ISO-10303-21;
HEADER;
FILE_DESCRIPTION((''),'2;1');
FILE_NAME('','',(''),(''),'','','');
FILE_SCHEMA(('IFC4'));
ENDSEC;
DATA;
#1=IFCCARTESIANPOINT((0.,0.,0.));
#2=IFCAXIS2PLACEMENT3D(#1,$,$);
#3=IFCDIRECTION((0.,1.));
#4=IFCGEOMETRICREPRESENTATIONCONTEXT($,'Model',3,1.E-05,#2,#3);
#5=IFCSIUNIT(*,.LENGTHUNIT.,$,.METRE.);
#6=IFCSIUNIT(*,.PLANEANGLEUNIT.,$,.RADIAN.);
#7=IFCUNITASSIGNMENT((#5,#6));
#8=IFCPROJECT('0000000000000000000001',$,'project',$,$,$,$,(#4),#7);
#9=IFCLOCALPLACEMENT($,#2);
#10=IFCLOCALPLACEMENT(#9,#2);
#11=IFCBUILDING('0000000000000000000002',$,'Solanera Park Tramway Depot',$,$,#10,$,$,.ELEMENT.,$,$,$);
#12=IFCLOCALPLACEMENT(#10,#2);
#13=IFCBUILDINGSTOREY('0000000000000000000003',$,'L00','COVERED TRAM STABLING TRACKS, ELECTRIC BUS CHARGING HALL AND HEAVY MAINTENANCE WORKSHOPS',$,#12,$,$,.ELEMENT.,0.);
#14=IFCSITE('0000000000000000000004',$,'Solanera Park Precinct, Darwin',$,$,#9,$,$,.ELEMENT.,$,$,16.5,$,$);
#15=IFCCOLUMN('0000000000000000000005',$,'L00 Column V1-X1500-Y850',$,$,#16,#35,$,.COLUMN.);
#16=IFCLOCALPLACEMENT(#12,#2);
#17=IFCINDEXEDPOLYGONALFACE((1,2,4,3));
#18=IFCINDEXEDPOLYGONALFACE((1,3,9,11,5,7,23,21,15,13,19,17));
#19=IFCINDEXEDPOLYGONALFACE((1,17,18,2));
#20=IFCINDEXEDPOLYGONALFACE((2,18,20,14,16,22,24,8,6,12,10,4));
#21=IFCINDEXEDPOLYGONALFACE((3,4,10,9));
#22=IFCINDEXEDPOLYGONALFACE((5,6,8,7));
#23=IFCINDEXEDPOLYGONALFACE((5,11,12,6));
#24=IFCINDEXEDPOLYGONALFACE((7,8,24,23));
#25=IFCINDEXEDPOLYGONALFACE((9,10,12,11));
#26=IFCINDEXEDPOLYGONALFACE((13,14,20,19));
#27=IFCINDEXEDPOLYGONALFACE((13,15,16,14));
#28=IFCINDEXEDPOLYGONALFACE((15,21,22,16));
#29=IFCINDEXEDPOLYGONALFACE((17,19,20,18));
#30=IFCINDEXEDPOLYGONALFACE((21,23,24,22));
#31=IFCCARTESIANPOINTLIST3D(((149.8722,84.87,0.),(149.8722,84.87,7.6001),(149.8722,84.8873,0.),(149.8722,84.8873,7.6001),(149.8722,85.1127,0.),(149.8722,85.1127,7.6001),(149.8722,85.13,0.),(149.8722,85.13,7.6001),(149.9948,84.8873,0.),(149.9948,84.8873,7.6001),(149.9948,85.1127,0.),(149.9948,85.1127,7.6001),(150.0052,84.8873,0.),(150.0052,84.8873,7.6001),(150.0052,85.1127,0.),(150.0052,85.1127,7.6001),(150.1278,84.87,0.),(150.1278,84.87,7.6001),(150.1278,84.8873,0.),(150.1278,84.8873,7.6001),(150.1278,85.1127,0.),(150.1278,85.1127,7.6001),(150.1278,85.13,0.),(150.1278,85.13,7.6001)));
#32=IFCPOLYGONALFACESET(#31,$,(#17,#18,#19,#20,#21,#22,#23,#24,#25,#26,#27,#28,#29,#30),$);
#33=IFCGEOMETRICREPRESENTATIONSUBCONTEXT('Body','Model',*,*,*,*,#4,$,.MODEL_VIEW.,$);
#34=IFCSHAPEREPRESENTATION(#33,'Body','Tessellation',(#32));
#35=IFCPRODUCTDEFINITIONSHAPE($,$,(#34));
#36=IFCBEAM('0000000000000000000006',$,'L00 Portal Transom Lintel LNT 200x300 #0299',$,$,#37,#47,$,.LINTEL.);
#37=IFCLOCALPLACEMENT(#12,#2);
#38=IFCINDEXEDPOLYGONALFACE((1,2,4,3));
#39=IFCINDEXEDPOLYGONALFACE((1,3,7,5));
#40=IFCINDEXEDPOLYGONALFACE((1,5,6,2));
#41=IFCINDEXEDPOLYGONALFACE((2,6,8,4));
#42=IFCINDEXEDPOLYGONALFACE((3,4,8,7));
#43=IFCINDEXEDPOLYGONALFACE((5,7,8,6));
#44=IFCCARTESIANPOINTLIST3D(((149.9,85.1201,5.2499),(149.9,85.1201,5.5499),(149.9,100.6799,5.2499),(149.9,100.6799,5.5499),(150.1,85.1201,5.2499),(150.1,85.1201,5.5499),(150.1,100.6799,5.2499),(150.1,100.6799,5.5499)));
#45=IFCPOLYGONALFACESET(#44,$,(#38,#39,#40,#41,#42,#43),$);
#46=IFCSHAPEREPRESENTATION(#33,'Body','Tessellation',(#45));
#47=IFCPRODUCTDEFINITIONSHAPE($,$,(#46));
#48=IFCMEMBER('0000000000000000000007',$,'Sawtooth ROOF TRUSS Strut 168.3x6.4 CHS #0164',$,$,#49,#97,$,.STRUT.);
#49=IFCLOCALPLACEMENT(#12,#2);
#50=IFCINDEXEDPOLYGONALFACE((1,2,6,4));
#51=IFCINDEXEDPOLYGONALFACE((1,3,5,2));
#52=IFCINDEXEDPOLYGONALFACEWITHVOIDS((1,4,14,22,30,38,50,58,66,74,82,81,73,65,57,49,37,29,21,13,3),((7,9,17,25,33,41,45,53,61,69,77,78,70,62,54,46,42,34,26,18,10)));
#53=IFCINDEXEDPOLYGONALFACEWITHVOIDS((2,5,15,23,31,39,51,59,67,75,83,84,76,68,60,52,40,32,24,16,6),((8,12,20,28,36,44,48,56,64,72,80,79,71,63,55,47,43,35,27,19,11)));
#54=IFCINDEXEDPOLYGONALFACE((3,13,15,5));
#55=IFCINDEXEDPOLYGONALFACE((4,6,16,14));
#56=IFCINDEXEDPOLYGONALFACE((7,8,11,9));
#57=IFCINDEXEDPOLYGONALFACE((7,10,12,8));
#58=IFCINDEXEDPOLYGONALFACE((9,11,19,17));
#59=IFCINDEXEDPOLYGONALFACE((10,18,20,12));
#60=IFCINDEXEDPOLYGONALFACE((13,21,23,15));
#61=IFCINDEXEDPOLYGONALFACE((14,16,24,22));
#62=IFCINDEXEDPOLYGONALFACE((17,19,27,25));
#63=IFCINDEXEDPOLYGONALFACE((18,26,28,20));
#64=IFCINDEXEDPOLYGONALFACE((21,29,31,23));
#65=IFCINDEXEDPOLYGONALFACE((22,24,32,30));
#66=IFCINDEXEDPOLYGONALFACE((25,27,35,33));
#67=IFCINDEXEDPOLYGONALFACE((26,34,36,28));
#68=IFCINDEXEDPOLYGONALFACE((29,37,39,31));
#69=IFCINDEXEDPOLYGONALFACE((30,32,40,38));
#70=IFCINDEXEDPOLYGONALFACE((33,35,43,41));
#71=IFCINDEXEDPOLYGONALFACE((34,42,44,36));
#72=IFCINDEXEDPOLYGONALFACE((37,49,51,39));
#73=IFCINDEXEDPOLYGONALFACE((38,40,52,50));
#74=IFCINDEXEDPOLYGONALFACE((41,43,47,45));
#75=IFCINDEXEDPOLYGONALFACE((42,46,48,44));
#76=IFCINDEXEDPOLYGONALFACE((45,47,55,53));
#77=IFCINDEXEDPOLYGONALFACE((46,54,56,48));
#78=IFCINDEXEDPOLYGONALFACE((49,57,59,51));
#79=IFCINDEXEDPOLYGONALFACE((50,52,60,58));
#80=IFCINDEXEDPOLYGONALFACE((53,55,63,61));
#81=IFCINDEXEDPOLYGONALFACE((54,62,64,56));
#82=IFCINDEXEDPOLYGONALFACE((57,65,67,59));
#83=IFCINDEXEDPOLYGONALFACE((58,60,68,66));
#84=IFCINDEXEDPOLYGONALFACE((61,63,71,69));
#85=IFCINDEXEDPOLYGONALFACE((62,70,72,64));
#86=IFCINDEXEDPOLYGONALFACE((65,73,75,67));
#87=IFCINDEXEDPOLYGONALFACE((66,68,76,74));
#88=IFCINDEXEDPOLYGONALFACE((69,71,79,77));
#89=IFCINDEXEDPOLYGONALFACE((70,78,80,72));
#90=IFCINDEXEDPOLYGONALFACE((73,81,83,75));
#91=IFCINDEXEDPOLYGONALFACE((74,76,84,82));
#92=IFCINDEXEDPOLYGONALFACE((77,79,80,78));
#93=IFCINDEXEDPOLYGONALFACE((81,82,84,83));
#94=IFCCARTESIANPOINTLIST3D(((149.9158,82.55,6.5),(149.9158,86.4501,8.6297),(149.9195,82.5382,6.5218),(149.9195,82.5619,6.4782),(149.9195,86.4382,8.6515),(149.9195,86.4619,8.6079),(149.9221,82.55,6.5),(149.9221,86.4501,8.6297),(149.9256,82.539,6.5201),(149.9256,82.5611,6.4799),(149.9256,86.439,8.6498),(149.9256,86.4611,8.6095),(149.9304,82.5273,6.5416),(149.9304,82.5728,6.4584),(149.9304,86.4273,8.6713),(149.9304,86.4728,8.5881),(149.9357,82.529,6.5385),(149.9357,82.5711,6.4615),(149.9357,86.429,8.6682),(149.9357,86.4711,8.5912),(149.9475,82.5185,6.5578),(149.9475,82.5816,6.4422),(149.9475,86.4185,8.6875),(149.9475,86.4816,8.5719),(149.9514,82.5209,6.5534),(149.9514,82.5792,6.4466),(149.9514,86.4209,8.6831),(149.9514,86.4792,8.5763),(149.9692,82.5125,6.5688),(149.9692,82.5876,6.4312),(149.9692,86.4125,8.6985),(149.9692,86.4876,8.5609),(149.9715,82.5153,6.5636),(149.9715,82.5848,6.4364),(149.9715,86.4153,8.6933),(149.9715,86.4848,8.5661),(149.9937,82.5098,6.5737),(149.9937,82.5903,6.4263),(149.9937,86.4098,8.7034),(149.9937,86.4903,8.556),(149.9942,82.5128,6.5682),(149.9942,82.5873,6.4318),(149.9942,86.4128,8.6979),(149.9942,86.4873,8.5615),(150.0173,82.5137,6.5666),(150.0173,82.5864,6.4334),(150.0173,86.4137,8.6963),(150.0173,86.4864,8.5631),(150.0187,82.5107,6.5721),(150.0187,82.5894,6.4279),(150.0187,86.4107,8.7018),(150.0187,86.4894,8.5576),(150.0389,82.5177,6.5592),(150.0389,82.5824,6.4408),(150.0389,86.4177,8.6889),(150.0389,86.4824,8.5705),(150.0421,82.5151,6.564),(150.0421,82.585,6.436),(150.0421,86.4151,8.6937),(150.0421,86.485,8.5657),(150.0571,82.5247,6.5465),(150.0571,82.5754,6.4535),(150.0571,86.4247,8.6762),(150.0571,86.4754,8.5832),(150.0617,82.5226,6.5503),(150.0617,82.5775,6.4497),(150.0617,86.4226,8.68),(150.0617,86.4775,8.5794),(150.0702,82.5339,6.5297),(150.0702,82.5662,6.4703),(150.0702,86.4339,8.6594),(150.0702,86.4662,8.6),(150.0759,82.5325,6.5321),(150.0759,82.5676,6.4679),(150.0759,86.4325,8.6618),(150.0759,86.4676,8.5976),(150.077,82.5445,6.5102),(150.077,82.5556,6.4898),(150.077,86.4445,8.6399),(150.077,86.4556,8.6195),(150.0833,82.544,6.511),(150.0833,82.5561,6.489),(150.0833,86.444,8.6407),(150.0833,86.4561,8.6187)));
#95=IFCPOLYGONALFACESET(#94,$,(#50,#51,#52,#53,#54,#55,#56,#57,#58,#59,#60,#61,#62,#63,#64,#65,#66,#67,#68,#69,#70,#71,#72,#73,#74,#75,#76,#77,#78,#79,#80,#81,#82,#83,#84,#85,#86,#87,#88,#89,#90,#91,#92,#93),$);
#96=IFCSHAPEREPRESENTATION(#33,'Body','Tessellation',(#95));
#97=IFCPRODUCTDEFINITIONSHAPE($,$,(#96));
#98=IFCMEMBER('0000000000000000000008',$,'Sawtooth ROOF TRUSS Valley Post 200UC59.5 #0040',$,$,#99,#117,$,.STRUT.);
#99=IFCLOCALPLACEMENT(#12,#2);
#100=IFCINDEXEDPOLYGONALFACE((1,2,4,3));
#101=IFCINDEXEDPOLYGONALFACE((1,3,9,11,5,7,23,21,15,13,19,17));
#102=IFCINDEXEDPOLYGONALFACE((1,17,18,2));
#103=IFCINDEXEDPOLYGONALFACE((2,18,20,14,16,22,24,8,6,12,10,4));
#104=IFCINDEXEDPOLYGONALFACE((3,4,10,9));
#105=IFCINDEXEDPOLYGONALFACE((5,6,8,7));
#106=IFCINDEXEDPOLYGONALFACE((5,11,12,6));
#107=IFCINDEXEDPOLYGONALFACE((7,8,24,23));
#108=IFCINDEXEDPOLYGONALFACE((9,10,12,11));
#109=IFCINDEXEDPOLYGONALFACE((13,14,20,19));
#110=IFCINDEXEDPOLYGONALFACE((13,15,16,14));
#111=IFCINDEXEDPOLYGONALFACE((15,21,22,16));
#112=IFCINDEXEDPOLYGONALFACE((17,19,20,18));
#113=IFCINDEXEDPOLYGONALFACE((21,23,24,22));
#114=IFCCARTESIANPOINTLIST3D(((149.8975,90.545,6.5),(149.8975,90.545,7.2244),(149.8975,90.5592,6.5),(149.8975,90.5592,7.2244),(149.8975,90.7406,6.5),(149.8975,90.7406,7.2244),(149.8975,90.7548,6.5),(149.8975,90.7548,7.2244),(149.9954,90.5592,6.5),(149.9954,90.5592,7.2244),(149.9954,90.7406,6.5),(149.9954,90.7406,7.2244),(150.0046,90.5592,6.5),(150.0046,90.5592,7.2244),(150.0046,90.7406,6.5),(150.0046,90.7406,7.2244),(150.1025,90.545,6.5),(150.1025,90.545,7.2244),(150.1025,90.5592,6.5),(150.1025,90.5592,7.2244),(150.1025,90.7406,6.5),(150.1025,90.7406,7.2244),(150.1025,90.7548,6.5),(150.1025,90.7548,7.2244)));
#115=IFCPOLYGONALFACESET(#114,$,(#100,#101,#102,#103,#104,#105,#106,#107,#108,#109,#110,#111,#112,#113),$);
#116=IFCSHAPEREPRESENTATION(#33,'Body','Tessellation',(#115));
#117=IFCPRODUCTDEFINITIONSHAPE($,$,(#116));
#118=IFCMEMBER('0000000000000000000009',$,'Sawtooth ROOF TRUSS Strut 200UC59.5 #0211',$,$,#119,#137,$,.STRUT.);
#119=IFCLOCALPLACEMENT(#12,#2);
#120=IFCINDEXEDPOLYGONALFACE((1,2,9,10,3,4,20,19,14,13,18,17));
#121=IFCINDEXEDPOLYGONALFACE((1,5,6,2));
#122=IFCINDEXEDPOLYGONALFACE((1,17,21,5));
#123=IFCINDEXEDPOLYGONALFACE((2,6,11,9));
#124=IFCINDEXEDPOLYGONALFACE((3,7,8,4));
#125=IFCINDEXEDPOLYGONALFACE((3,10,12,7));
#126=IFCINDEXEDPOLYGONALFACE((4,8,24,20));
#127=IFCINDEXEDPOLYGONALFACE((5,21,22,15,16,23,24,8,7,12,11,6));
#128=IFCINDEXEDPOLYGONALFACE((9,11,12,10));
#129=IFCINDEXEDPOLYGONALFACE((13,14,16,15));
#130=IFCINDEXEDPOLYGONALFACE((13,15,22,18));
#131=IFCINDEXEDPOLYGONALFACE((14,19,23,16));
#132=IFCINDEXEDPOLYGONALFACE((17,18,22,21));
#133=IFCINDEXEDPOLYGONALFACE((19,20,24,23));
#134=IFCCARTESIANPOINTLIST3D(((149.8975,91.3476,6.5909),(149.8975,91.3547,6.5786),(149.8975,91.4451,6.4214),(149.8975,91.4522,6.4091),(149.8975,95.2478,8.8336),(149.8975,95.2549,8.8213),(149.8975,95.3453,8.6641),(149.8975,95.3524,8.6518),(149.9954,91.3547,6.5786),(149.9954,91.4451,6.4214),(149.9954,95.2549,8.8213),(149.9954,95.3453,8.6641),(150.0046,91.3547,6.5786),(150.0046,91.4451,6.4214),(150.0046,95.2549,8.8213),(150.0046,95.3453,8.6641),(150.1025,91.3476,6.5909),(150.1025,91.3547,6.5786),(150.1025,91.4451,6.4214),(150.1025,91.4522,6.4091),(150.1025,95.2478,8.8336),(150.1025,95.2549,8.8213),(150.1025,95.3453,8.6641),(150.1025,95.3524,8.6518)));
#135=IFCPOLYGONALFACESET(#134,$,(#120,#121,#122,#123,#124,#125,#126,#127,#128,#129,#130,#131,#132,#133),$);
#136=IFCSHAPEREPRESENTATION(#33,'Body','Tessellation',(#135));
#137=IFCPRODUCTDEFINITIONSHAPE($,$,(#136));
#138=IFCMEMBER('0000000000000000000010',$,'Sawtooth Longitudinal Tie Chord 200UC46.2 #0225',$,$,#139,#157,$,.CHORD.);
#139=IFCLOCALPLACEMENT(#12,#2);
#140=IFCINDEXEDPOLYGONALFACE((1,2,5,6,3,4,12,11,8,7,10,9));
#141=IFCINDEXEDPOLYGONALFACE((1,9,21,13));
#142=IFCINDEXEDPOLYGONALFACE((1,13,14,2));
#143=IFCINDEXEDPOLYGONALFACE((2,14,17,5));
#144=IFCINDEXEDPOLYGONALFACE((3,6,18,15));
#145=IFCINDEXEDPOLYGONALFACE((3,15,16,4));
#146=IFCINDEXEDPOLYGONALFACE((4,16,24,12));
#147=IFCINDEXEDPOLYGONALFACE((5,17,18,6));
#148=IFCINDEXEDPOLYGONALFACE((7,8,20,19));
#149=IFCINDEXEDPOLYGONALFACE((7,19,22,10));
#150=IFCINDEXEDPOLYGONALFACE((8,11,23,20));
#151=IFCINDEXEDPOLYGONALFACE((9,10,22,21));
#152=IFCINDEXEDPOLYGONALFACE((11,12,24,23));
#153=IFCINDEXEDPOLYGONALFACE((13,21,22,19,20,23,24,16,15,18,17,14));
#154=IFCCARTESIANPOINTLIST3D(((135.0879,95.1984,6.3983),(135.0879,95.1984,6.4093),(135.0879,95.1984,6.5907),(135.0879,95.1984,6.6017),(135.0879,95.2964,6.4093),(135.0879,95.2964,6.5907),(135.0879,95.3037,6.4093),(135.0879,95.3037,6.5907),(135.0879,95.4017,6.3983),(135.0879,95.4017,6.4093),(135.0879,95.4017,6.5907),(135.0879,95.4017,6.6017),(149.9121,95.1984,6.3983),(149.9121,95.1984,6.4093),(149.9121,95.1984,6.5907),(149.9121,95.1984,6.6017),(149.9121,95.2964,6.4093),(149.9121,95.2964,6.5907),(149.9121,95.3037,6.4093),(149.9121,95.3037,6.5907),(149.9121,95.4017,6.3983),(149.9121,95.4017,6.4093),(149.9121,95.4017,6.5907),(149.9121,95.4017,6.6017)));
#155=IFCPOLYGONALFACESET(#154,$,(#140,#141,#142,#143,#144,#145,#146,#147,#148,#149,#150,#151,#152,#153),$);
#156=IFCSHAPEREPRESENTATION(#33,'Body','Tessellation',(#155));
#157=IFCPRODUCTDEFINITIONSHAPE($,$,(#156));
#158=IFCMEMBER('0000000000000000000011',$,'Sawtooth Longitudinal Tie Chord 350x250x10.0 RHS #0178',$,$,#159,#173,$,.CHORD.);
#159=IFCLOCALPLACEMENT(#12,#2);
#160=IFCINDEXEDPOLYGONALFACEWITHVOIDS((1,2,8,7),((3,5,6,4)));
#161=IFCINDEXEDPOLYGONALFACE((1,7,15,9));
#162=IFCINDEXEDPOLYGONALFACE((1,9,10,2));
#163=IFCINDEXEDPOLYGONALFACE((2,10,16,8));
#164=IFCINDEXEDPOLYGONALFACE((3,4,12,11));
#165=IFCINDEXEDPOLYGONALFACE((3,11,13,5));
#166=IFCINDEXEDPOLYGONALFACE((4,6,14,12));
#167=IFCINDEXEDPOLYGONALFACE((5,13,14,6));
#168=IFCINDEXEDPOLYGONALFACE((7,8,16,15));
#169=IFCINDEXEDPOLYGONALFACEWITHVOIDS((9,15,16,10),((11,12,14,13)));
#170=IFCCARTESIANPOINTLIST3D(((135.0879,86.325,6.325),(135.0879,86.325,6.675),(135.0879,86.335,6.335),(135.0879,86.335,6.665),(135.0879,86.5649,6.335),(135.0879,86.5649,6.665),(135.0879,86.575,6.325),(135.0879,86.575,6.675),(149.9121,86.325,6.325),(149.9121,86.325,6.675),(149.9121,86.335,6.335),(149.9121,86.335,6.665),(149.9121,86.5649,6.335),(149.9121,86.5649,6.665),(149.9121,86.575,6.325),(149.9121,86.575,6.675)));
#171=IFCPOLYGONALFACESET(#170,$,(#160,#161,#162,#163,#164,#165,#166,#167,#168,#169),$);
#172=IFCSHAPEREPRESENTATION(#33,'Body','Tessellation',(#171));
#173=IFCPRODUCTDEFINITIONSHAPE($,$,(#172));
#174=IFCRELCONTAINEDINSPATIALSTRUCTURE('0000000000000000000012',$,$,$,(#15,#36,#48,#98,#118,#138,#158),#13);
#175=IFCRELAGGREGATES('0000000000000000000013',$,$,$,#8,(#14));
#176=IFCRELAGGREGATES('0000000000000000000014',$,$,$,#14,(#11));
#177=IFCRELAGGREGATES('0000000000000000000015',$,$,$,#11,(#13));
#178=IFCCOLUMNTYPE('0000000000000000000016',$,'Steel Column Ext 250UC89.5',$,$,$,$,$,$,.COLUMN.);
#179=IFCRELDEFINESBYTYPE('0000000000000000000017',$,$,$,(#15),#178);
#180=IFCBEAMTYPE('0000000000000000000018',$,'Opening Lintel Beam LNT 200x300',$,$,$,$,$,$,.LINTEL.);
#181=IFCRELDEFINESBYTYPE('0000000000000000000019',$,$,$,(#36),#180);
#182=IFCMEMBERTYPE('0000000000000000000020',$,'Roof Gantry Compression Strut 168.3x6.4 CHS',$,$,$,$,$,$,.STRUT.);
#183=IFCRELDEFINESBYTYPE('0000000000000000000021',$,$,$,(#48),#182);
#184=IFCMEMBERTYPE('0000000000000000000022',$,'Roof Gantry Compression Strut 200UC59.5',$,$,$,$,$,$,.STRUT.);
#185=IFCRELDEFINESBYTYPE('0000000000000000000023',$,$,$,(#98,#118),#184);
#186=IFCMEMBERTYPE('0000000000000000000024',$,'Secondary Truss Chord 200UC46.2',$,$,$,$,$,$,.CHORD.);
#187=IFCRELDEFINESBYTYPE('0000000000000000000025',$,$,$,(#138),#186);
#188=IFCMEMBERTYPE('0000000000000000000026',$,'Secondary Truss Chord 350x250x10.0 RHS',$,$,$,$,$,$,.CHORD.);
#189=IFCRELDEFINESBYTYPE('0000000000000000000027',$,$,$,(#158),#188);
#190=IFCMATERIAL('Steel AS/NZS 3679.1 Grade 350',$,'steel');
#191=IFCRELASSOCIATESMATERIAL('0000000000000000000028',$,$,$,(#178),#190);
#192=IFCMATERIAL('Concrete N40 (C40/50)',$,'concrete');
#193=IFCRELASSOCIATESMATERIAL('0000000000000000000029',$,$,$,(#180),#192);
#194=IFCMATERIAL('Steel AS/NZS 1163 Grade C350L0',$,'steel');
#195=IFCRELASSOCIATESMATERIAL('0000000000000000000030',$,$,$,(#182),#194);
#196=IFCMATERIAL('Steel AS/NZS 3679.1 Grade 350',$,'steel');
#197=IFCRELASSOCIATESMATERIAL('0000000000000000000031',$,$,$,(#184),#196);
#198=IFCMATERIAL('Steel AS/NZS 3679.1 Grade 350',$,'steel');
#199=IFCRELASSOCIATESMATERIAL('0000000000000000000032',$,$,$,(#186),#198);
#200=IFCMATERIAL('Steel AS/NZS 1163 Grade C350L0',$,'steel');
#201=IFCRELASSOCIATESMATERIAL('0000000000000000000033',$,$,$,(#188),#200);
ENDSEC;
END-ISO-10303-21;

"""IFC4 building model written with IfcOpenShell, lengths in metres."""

from ifc_helpers import new_model, si_unit, direction, frame, origin, origin_2d, place, context, subcontext, project, spatial, rectangle, hollow_rectangle, hollow_circle, i_section, extrude, material, material_profile, profile_set, type_object, element, save


model = new_model("IFC4")

# Units and contexts
model_context = context("Model", 3, precision=1e-05, world=origin(), true_north=direction((0.0, 1.0)))
body_context = subcontext(model_context, "Body", "Model", "MODEL_VIEW")
ifc_project = project(units=[si_unit("LENGTHUNIT", "METRE"), si_unit("PLANEANGLEUNIT", "RADIAN")], contexts=[model_context])

# Site, building, storey
site_placement = place(None, origin())
site = spatial("IfcSite", under=ifc_project, at=site_placement, Name="Solanera Park Precinct, Darwin", CompositionType="ELEMENT", RefElevation=16.5)
building_placement = place(site_placement, origin())
building = spatial("IfcBuilding", under=site, at=building_placement, Name="Solanera Park Tramway Depot", CompositionType="ELEMENT")
storey_placement = place(building_placement, origin())
storey = spatial("IfcBuildingStorey", under=building, at=storey_placement, Name="L00", Description="COVERED TRAM STABLING TRACKS, ELECTRIC BUS CHARGING HALL AND HEAVY MAINTENANCE WORKSHOPS", CompositionType="ELEMENT", Elevation=0.0)

# Column
ifc_material_1 = material(Name="Steel AS/NZS 3679.1 Grade 350", Category="steel")
ifc_material_profile_1 = material_profile(ifc_material_1, i_section(OverallWidth=0.2556, OverallDepth=0.26, WebThickness=0.0105, FlangeThickness=0.0173, at=origin_2d()), Name="250UC89.5")
ifc_profile_set_1 = profile_set([ifc_material_profile_1], Name="Steel AS/NZS 3679.1 Grade 350")
column_type = type_object("IfcColumnType", Name="Steel Column Ext 250UC89.5", PredefinedType="COLUMN", material=ifc_profile_set_1)
column_placement = place(storey_placement, frame((150.0, 85.0, 0.0), z_axis=(0.0, 0.0, 1.0), x_axis=(1.0, 0.0, 0.0)))
element("IfcColumn", 1, at=column_placement, inside=storey, type_object=column_type, Name="L00 Column V1-X1500-Y850", PredefinedType="COLUMN", context=body_context, shape_type="SweptSolid", body=[
    extrude(i_section(OverallWidth=0.2556, OverallDepth=0.26, WebThickness=0.0105, FlangeThickness=0.0173, at=origin_2d()), origin(), (0.0, 0.0, 1.0), 7.6001),
])

# Beam
ifc_material_2 = material(Name="Concrete N40 (C40/50)", Category="concrete")
ifc_material_profile_2 = material_profile(ifc_material_2, rectangle(XDim=0.2, YDim=0.3, at=origin_2d()), Name="LNT 200x300")
ifc_profile_set_2 = profile_set([ifc_material_profile_2], Name="Concrete N40 (C40/50)")
beam_type_1 = type_object("IfcBeamType", Name="Opening Lintel Beam LNT 200x300", PredefinedType="LINTEL", material=ifc_profile_set_2)
beam_1_placement = place(storey_placement, frame((150.0, 85.1201, 5.3999), z_axis=(0.0, 1.0, 0.0), x_axis=(-1.0, 0.0, 0.0)))
element("IfcBeam", 2, at=beam_1_placement, inside=storey, type_object=beam_type_1, Name="L00 Portal Transom Lintel LNT 200x300 #0299", PredefinedType="LINTEL", context=body_context, shape_type="SweptSolid", body=[
    extrude(rectangle(XDim=0.2, YDim=0.3, at=origin_2d()), origin(), (0.0, 0.0, 1.0), 15.5598),
])

# Members
ifc_material_3 = material(Name="Steel AS/NZS 1163 Grade C350L0", Category="steel")
ifc_material_profile_3 = material_profile(ifc_material_3, hollow_circle(Radius=0.0842, WallThickness=0.0063, at=origin_2d()), Name="168.3x6.4 CHS")
ifc_profile_set_3 = profile_set([ifc_material_profile_3], Name="Steel AS/NZS 1163 Grade C350L0")
member_type_1 = type_object("IfcMemberType", Name="Roof Gantry Compression Strut 168.3x6.4 CHS", PredefinedType="STRUT", material=ifc_profile_set_3)
member_1_placement = place(storey_placement, frame((150.0, 82.55, 6.5), z_axis=(0.0, 0.877667, 0.479272), x_axis=(-1.0, 0.0, 0.0)))
element("IfcMember", 3, at=member_1_placement, inside=storey, type_object=member_type_1, Name="Sawtooth ROOF TRUSS Strut 168.3x6.4 CHS #0164", PredefinedType="STRUT", context=body_context, shape_type="SweptSolid", body=[
    extrude(hollow_circle(Radius=0.0842, WallThickness=0.0063, at=origin_2d()), origin(), (0.0, 0.0, 1.0), 4.4436),
])
ifc_material_4 = material(Name="Steel AS/NZS 3679.1 Grade 350", Category="steel")
ifc_material_profile_4 = material_profile(ifc_material_4, i_section(OverallWidth=0.2051, OverallDepth=0.2097, WebThickness=0.0093, FlangeThickness=0.0142, at=origin_2d()), Name="200UC59.5")
ifc_profile_set_4 = profile_set([ifc_material_profile_4], Name="Steel AS/NZS 3679.1 Grade 350")
member_type_2 = type_object("IfcMemberType", Name="Roof Gantry Compression Strut 200UC59.5", PredefinedType="STRUT", material=ifc_profile_set_4)
member_2_placement = place(storey_placement, frame((150.0, 90.6499, 6.5), z_axis=(0.0, 0.0, 1.0), x_axis=(1.0, 0.0, 0.0)))
element("IfcMember", 4, at=member_2_placement, inside=storey, type_object=member_type_2, Name="Sawtooth ROOF TRUSS Valley Post 200UC59.5 #0040", PredefinedType="STRUT", context=body_context, shape_type="SweptSolid", body=[
    extrude(i_section(OverallWidth=0.2051, OverallDepth=0.2097, WebThickness=0.0093, FlangeThickness=0.0142, at=origin_2d()), origin(), (0.0, 0.0, 1.0), 0.7244),
])
member_3_placement = place(storey_placement, frame((150.0, 91.3999, 6.5), z_axis=(0.0, 0.866898, 0.498486), x_axis=(-1.0, 0.0, 0.0)))
element("IfcMember", 5, at=member_3_placement, inside=storey, type_object=member_type_2, Name="Sawtooth ROOF TRUSS Strut 200UC59.5 #0211", PredefinedType="STRUT", context=body_context, shape_type="SweptSolid", body=[
    extrude(i_section(OverallWidth=0.2051, OverallDepth=0.2097, WebThickness=0.0093, FlangeThickness=0.0142, at=origin_2d()), origin(), (0.0, 0.0, 1.0), 4.499),
])
ifc_material_5 = material(Name="Steel AS/NZS 3679.1 Grade 350", Category="steel")
ifc_material_profile_5 = material_profile(ifc_material_5, i_section(OverallWidth=0.2034, OverallDepth=0.2034, WebThickness=0.0073, FlangeThickness=0.011, at=origin_2d()), Name="200UC46.2")
ifc_profile_set_5 = profile_set([ifc_material_profile_5], Name="Steel AS/NZS 3679.1 Grade 350")
member_type_3 = type_object("IfcMemberType", Name="Secondary Truss Chord 200UC46.2", PredefinedType="CHORD", material=ifc_profile_set_5)
member_4_placement = place(storey_placement, frame((135.0879, 95.3, 6.5), z_axis=(1.0, 0.0, 0.0), x_axis=(0.0, 1.0, 0.0)))
element("IfcMember", 6, at=member_4_placement, inside=storey, type_object=member_type_3, Name="Sawtooth Longitudinal Tie Chord 200UC46.2 #0225", PredefinedType="CHORD", context=body_context, shape_type="SweptSolid", body=[
    extrude(i_section(OverallWidth=0.2034, OverallDepth=0.2034, WebThickness=0.0073, FlangeThickness=0.011, at=origin_2d()), origin(), (0.0, 0.0, 1.0), 14.8242),
])
ifc_material_6 = material(Name="Steel AS/NZS 1163 Grade C350L0", Category="steel")
ifc_material_profile_6 = material_profile(ifc_material_6, hollow_rectangle(XDim=0.25, YDim=0.3501, WallThickness=0.01, at=origin_2d()), Name="350x250x10.0 RHS")
ifc_profile_set_6 = profile_set([ifc_material_profile_6], Name="Steel AS/NZS 1163 Grade C350L0")
member_type_4 = type_object("IfcMemberType", Name="Secondary Truss Chord 350x250x10.0 RHS", PredefinedType="CHORD", material=ifc_profile_set_6)
member_5_placement = place(storey_placement, frame((135.0879, 86.45, 6.5), z_axis=(1.0, 0.0, 0.0), x_axis=(0.0, 1.0, 0.0)))
element("IfcMember", 7, at=member_5_placement, inside=storey, type_object=member_type_4, Name="Sawtooth Longitudinal Tie Chord 350x250x10.0 RHS #0178", PredefinedType="CHORD", context=body_context, shape_type="SweptSolid", body=[
    extrude(hollow_rectangle(XDim=0.25, YDim=0.3501, WallThickness=0.01, at=origin_2d()), origin(), (0.0, 0.0, 1.0), 14.8242),
])

save(model, "model.ifc")
